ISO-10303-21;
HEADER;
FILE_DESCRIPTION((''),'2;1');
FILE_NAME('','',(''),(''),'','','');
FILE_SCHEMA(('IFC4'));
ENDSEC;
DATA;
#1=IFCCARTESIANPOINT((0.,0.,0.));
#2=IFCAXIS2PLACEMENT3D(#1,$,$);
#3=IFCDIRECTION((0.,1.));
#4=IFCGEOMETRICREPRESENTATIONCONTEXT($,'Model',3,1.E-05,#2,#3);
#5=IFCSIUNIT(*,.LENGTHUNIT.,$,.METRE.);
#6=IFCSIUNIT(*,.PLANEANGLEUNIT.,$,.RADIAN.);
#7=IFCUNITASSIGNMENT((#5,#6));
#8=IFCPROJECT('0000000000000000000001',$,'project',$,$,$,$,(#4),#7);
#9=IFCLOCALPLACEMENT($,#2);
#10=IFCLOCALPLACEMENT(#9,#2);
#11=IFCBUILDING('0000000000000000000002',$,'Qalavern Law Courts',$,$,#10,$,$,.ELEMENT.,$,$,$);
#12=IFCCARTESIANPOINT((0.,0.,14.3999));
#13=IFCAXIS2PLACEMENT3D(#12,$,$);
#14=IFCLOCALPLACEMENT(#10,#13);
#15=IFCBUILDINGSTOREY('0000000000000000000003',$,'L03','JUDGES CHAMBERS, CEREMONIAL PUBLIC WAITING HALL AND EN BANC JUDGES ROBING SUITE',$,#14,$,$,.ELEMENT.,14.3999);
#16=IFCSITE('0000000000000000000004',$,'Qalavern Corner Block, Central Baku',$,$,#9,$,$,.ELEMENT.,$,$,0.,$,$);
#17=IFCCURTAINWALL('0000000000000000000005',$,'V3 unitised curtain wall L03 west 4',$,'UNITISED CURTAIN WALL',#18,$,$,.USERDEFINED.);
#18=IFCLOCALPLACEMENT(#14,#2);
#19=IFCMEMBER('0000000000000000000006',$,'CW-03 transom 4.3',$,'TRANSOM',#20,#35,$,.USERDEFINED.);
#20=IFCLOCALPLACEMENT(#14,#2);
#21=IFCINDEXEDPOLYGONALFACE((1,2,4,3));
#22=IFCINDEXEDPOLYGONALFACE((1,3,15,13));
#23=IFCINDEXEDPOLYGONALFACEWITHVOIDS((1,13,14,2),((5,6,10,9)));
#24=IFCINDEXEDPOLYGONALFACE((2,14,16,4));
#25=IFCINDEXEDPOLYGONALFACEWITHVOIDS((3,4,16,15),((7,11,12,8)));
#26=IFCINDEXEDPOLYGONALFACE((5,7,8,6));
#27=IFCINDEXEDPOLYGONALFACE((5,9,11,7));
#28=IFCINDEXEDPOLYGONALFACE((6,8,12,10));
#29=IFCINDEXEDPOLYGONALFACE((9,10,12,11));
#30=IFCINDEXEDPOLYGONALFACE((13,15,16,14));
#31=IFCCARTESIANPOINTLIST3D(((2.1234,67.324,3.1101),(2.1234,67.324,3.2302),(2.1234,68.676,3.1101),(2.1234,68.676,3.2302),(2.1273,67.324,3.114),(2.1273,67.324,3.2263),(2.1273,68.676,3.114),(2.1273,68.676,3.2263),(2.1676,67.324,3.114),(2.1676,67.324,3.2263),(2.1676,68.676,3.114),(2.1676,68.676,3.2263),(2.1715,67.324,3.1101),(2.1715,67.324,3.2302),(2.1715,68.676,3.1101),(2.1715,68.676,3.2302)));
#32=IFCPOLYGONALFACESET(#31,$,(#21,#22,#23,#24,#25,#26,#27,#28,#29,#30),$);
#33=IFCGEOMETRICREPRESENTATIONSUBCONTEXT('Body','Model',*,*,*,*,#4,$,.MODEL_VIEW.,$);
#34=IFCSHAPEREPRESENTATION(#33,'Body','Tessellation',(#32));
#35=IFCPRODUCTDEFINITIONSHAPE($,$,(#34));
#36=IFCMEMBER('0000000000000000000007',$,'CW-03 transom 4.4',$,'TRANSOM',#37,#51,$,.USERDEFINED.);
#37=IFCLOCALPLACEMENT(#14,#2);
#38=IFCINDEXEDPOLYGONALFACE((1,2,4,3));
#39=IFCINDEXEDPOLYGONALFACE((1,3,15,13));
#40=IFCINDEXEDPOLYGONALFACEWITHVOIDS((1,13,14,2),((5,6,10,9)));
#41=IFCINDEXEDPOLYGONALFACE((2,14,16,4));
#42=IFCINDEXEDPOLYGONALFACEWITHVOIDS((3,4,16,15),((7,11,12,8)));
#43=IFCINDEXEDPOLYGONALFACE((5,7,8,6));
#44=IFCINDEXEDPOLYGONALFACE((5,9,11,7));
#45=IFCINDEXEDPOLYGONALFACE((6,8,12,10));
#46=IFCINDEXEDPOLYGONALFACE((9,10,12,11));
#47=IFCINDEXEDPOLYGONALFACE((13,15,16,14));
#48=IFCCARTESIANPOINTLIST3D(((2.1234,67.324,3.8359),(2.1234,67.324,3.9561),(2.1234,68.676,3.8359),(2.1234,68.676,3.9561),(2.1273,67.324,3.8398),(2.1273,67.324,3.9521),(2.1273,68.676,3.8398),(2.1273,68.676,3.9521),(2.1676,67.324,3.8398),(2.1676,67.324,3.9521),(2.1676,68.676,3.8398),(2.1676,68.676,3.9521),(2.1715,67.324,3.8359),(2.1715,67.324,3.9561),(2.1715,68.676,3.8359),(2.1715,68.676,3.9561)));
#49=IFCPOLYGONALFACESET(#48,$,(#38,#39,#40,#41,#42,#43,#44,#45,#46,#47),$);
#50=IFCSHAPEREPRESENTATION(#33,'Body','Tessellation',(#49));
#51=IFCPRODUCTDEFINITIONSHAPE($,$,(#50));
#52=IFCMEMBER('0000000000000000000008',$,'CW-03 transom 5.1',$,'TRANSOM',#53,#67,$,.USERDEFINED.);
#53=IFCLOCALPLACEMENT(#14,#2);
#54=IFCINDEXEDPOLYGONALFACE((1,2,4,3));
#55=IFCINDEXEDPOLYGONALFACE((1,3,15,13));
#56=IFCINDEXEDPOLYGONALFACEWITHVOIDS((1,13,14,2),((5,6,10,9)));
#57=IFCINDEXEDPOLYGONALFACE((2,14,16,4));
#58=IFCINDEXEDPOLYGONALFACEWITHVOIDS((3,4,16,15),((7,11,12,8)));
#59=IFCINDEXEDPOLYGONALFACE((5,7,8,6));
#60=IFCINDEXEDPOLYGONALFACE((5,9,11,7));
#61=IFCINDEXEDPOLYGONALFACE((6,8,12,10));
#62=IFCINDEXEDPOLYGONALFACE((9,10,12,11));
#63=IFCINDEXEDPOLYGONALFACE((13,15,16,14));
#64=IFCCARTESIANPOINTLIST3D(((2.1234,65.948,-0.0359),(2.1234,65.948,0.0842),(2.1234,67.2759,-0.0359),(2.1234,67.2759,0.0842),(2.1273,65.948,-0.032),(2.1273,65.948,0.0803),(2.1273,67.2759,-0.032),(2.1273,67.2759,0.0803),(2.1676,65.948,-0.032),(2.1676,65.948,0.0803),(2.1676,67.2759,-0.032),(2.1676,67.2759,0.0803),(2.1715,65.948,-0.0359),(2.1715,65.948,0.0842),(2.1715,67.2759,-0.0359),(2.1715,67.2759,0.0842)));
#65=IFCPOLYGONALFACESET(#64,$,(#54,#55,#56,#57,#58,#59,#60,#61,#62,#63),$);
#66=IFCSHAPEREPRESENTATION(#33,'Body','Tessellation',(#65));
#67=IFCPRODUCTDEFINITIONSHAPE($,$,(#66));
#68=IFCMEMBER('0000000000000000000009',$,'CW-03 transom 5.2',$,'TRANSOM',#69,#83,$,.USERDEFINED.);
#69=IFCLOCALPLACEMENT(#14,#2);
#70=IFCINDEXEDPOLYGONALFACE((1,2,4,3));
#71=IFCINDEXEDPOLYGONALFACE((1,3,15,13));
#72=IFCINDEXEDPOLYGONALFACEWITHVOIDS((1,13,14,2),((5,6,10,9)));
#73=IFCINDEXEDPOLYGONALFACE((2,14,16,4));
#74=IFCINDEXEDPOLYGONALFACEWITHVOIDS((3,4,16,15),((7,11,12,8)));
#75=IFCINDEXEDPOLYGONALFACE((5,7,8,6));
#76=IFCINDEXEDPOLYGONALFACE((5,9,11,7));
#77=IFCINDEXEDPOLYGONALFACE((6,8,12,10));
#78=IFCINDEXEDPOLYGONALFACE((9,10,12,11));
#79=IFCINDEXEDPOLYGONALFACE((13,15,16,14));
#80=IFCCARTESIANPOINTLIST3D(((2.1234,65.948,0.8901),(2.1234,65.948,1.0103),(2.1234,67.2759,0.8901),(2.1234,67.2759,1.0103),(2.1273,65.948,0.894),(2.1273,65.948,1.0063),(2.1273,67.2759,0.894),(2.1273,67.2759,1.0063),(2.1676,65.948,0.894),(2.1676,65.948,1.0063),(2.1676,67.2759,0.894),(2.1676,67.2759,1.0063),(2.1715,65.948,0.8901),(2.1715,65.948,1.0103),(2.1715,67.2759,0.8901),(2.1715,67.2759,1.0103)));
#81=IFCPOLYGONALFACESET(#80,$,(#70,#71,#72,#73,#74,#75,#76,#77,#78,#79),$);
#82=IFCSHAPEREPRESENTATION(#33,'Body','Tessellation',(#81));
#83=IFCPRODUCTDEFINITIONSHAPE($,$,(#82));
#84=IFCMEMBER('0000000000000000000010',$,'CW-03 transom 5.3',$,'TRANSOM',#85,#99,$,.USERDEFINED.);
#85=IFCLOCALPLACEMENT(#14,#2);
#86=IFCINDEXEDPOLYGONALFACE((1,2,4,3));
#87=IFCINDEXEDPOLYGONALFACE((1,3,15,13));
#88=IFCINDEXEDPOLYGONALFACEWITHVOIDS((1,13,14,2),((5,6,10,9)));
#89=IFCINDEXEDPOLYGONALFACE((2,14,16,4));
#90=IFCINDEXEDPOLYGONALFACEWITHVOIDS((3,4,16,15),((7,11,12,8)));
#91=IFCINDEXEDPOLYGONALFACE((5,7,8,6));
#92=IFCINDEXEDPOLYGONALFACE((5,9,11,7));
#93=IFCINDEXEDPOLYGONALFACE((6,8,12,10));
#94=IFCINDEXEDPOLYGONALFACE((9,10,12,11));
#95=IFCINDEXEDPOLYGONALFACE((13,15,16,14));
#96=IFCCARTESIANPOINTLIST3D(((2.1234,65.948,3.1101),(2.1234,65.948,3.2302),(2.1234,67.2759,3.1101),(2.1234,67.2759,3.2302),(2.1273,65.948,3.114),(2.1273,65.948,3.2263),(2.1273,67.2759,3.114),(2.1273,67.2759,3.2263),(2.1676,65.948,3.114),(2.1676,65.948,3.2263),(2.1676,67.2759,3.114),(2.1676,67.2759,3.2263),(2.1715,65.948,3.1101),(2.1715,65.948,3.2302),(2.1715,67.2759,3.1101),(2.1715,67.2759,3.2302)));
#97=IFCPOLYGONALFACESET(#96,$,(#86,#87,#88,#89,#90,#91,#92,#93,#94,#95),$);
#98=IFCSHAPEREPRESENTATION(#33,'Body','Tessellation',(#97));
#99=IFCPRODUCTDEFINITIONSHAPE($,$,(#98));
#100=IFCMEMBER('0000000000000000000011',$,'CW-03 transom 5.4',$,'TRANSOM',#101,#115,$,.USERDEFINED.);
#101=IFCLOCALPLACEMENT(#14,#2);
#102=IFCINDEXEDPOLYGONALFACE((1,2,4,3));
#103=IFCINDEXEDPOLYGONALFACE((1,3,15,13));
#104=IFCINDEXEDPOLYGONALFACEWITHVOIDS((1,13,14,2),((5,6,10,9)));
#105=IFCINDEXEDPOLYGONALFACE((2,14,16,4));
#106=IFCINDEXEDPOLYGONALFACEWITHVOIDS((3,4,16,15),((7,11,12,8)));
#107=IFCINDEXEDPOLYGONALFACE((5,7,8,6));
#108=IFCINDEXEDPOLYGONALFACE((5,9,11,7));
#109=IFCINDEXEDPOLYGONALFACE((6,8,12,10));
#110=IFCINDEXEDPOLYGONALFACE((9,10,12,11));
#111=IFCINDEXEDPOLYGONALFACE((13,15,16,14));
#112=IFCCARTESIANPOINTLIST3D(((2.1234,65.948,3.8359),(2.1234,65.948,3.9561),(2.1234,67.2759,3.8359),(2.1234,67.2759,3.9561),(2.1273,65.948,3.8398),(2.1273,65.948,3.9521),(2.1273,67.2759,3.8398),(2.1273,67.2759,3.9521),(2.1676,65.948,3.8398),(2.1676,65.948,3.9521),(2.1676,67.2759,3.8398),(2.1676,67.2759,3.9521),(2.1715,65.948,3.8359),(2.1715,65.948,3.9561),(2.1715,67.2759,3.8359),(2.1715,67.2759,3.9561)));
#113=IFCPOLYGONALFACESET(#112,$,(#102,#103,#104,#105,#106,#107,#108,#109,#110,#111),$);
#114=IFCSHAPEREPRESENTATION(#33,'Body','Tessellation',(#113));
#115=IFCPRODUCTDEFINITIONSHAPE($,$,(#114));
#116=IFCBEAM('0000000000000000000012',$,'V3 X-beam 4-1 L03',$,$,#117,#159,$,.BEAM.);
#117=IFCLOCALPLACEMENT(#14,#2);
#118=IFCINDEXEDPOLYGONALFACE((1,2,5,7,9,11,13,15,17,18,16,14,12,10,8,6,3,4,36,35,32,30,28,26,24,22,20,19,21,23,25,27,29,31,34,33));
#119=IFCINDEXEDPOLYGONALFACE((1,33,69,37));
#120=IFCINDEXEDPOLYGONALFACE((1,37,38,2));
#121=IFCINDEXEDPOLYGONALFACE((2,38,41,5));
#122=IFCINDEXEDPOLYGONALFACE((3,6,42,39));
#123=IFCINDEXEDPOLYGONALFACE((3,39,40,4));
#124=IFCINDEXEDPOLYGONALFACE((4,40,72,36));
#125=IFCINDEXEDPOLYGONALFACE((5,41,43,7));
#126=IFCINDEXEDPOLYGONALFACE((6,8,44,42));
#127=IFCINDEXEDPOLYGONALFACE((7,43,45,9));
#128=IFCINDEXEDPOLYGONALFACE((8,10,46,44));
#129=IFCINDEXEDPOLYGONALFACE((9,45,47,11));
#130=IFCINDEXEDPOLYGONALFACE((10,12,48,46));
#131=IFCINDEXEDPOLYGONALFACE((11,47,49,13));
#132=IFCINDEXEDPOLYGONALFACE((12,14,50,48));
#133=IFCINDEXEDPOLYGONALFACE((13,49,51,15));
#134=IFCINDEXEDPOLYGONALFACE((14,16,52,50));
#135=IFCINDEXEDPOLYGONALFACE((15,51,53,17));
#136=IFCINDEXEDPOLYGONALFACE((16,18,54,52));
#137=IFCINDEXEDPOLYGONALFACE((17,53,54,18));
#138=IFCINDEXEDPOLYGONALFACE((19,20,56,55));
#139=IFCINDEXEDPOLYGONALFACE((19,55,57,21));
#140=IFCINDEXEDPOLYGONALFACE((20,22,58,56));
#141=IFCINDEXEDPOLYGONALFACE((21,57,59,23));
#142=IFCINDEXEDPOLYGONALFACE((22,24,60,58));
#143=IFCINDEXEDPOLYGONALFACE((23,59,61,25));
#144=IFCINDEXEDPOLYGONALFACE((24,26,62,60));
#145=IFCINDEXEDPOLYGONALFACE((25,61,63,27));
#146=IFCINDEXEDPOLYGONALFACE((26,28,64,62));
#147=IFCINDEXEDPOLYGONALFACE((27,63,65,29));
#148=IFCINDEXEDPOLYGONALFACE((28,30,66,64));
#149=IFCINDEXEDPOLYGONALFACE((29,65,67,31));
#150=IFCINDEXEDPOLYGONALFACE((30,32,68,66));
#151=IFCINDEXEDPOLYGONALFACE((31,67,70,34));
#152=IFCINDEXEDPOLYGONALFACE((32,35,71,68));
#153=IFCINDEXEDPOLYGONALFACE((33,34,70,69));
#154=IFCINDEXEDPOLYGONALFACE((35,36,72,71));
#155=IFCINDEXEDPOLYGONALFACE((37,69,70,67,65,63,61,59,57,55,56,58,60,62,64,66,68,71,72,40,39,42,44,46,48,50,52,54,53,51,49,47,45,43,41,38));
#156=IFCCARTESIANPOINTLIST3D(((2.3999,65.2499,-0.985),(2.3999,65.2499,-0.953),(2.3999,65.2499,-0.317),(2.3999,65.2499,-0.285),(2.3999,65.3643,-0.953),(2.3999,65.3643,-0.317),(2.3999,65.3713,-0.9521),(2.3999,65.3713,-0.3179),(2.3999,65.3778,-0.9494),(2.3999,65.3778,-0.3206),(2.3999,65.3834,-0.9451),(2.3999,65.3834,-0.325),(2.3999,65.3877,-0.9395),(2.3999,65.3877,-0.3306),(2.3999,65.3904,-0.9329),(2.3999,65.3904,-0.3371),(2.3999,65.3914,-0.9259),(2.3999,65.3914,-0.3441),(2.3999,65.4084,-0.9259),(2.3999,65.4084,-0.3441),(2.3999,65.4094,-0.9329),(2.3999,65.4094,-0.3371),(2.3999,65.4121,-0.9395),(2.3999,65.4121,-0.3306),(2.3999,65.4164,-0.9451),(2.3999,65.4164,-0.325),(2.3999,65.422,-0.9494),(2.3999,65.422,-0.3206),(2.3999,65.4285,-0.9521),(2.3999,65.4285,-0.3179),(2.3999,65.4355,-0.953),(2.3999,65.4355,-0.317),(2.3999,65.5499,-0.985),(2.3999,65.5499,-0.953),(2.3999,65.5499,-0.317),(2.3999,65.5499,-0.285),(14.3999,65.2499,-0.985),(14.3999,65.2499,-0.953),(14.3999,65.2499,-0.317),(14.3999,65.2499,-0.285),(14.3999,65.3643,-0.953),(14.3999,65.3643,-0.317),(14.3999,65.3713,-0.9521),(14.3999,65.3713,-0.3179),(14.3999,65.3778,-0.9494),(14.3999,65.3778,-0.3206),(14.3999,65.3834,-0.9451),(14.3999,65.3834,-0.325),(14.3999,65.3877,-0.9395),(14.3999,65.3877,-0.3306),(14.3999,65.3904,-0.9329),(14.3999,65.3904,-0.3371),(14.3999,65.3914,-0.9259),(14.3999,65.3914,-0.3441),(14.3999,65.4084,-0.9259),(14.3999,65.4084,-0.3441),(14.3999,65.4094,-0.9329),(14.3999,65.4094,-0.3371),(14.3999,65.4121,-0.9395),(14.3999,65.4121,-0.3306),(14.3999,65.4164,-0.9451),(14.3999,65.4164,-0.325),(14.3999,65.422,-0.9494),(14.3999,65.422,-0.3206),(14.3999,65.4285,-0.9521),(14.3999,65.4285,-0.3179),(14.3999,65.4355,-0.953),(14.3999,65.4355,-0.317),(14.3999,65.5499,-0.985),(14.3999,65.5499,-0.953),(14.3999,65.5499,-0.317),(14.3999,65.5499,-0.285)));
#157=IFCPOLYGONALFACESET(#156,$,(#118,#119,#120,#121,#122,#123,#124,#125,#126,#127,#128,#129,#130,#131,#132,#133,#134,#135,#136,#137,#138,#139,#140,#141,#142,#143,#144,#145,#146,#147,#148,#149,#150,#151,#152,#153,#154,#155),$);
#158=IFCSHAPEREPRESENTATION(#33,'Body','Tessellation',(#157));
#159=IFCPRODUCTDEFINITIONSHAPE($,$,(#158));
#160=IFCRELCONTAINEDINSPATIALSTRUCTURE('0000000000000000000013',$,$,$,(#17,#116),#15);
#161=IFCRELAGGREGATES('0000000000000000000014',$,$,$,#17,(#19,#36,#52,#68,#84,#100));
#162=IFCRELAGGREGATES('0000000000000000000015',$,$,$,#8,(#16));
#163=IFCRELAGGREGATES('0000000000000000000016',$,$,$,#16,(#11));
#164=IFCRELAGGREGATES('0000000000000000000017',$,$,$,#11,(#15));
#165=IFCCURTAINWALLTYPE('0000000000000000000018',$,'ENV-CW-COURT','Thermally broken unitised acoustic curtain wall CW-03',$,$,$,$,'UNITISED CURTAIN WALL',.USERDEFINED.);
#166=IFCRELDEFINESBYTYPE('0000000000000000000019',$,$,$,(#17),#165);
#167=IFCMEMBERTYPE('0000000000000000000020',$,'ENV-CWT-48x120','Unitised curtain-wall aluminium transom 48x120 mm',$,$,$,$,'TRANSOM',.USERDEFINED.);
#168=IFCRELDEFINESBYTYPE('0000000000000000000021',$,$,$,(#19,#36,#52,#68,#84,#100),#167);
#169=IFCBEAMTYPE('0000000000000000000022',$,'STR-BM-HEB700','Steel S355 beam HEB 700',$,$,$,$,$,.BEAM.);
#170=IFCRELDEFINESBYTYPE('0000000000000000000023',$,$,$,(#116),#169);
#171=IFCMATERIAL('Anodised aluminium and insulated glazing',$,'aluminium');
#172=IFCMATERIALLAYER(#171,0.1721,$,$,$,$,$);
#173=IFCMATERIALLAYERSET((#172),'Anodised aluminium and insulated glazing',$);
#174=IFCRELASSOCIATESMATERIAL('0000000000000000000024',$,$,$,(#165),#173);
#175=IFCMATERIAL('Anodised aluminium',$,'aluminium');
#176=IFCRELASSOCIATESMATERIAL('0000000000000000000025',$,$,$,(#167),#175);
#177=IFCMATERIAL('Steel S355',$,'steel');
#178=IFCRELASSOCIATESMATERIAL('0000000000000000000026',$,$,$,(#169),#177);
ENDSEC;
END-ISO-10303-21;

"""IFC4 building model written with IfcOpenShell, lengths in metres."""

from ifc_helpers import new_model, si_unit, direction, frame, origin, origin_2d, place, context, subcontext, project, spatial, hollow_rectangle, i_section, extrude, material, layer, layer_set, material_profile, profile_set, type_object, element, aggregate, save


model = new_model("IFC4")

# Units and contexts
model_context = context("Model", 3, precision=1e-05, world=origin(), true_north=direction((0.0, 1.0)))
body_context = subcontext(model_context, "Body", "Model", "MODEL_VIEW")
ifc_project = project(units=[si_unit("LENGTHUNIT", "METRE"), si_unit("PLANEANGLEUNIT", "RADIAN")], contexts=[model_context])

# Site, building, storey
site_placement = place(None, origin())
site = spatial("IfcSite", under=ifc_project, at=site_placement, Name="Qalavern Corner Block, Central Baku", CompositionType="ELEMENT", RefElevation=0.0)
building_placement = place(site_placement, origin())
building = spatial("IfcBuilding", under=site, at=building_placement, Name="Qalavern Law Courts", CompositionType="ELEMENT")
storey_placement = place(building_placement, frame((0.0, 0.0, 14.3999)))
storey = spatial("IfcBuildingStorey", under=building, at=storey_placement, Name="L03", Description="JUDGES CHAMBERS, CEREMONIAL PUBLIC WAITING HALL AND EN BANC JUDGES ROBING SUITE", CompositionType="ELEMENT", Elevation=14.3999)

# Curtain wall, members
ifc_material_1 = material(Name="Anodised aluminium and insulated glazing", Category="aluminium")
ifc_layer_1 = layer(ifc_material_1, 0.1721)
ifc_layer_set_1 = layer_set([ifc_layer_1], Name="Anodised aluminium and insulated glazing")
curtain_wall_type = type_object("IfcCurtainWallType", Name="ENV-CW-COURT", Description="Thermally broken unitised acoustic curtain wall CW-03", ElementType="UNITISED CURTAIN WALL", PredefinedType="USERDEFINED", material=ifc_layer_set_1)
curtain_wall_placement = place(storey_placement, origin())
curtain_wall = element("IfcCurtainWall", 1, at=curtain_wall_placement, inside=storey, type_object=curtain_wall_type, Name="V3 unitised curtain wall L03 west 4", ObjectType="UNITISED CURTAIN WALL", PredefinedType="USERDEFINED")
ifc_material_2 = material(Name="Anodised aluminium", Category="aluminium")
ifc_material_profile_1 = material_profile(ifc_material_2, hollow_rectangle(XDim=0.0481, YDim=0.1201, WallThickness=0.0039, at=origin_2d()), Name="ALU TRANSOM 48x120")
ifc_profile_set_1 = profile_set([ifc_material_profile_1], Name="Anodised aluminium")
member_type_1 = type_object("IfcMemberType", Name="ENV-CWT-48x120", Description="Unitised curtain-wall aluminium transom 48x120 mm", ElementType="TRANSOM", PredefinedType="USERDEFINED", material=ifc_profile_set_1)
member_1_placement = place(storey_placement, frame((2.1475, 68.676, 3.1702), z_axis=(0.0, -1.0, 0.0), x_axis=(1.0, 0.0, 0.0)))
member_1 = element("IfcMember", 2, at=member_1_placement, type_object=member_type_1, Name="CW-03 transom 4.3", ObjectType="TRANSOM", PredefinedType="USERDEFINED", context=body_context, shape_type="SweptSolid", body=[
    extrude(hollow_rectangle(XDim=0.0481, YDim=0.1201, WallThickness=0.0039, at=origin_2d()), origin(), (0.0, 0.0, 1.0), 1.3521),
])
member_2_placement = place(storey_placement, frame((2.1475, 68.676, 3.896), z_axis=(0.0, -1.0, 0.0), x_axis=(1.0, 0.0, 0.0)))
member_2 = element("IfcMember", 3, at=member_2_placement, type_object=member_type_1, Name="CW-03 transom 4.4", ObjectType="TRANSOM", PredefinedType="USERDEFINED", context=body_context, shape_type="SweptSolid", body=[
    extrude(hollow_rectangle(XDim=0.0481, YDim=0.1201, WallThickness=0.0039, at=origin_2d()), origin(), (0.0, 0.0, 1.0), 1.3521),
])
member_3_placement = place(storey_placement, frame((2.1475, 67.2759, 0.0242), z_axis=(0.0, -1.0, 0.0), x_axis=(1.0, 0.0, 0.0)))
member_3 = element("IfcMember", 4, at=member_3_placement, type_object=member_type_1, Name="CW-03 transom 5.1", ObjectType="TRANSOM", PredefinedType="USERDEFINED", context=body_context, shape_type="SweptSolid", body=[
    extrude(hollow_rectangle(XDim=0.0481, YDim=0.1201, WallThickness=0.0039, at=origin_2d()), origin(), (0.0, 0.0, 1.0), 1.3279),
])
member_4_placement = place(storey_placement, frame((2.1475, 67.2759, 0.9502), z_axis=(0.0, -1.0, 0.0), x_axis=(1.0, 0.0, 0.0)))
member_4 = element("IfcMember", 5, at=member_4_placement, type_object=member_type_1, Name="CW-03 transom 5.2", ObjectType="TRANSOM", PredefinedType="USERDEFINED", context=body_context, shape_type="SweptSolid", body=[
    extrude(hollow_rectangle(XDim=0.0481, YDim=0.1201, WallThickness=0.0039, at=origin_2d()), origin(), (0.0, 0.0, 1.0), 1.3279),
])
member_5_placement = place(storey_placement, frame((2.1475, 67.2759, 3.1702), z_axis=(0.0, -1.0, 0.0), x_axis=(1.0, 0.0, 0.0)))
member_5 = element("IfcMember", 6, at=member_5_placement, type_object=member_type_1, Name="CW-03 transom 5.3", ObjectType="TRANSOM", PredefinedType="USERDEFINED", context=body_context, shape_type="SweptSolid", body=[
    extrude(hollow_rectangle(XDim=0.0481, YDim=0.1201, WallThickness=0.0039, at=origin_2d()), origin(), (0.0, 0.0, 1.0), 1.3279),
])
member_6_placement = place(storey_placement, frame((2.1475, 67.2759, 3.896), z_axis=(0.0, -1.0, 0.0), x_axis=(1.0, 0.0, 0.0)))
member_6 = element("IfcMember", 7, at=member_6_placement, type_object=member_type_1, Name="CW-03 transom 5.4", ObjectType="TRANSOM", PredefinedType="USERDEFINED", context=body_context, shape_type="SweptSolid", body=[
    extrude(hollow_rectangle(XDim=0.0481, YDim=0.1201, WallThickness=0.0039, at=origin_2d()), origin(), (0.0, 0.0, 1.0), 1.3279),
])

# Beam
ifc_material_3 = material(Name="Steel S355", Category="steel")
ifc_material_profile_2 = material_profile(ifc_material_3, i_section(OverallWidth=0.3, OverallDepth=0.7, WebThickness=0.0171, FlangeThickness=0.032, FilletRadius=0.0271, at=origin_2d()), Name="HEB 700")
ifc_profile_set_2 = profile_set([ifc_material_profile_2], Name="Steel S355")
beam_type_1 = type_object("IfcBeamType", Name="STR-BM-HEB700", Description="Steel S355 beam HEB 700", PredefinedType="BEAM", material=ifc_profile_set_2)
beam_1_placement = place(storey_placement, frame((2.3999, 65.3999, -0.635), z_axis=(1.0, 0.0, 0.0), x_axis=(0.0, 1.0, 0.0)))
element("IfcBeam", 8, at=beam_1_placement, inside=storey, type_object=beam_type_1, Name="V3 X-beam 4-1 L03", PredefinedType="BEAM", context=body_context, shape_type="SweptSolid", body=[
    extrude(i_section(OverallWidth=0.3, OverallDepth=0.7, WebThickness=0.0171, FlangeThickness=0.032, FilletRadius=0.0271, at=origin_2d()), origin(), (0.0, 0.0, 1.0), 12.0),
])

aggregate(curtain_wall, [member_1, member_2, member_3, member_4, member_5, member_6])

save(model, "model.ifc")
